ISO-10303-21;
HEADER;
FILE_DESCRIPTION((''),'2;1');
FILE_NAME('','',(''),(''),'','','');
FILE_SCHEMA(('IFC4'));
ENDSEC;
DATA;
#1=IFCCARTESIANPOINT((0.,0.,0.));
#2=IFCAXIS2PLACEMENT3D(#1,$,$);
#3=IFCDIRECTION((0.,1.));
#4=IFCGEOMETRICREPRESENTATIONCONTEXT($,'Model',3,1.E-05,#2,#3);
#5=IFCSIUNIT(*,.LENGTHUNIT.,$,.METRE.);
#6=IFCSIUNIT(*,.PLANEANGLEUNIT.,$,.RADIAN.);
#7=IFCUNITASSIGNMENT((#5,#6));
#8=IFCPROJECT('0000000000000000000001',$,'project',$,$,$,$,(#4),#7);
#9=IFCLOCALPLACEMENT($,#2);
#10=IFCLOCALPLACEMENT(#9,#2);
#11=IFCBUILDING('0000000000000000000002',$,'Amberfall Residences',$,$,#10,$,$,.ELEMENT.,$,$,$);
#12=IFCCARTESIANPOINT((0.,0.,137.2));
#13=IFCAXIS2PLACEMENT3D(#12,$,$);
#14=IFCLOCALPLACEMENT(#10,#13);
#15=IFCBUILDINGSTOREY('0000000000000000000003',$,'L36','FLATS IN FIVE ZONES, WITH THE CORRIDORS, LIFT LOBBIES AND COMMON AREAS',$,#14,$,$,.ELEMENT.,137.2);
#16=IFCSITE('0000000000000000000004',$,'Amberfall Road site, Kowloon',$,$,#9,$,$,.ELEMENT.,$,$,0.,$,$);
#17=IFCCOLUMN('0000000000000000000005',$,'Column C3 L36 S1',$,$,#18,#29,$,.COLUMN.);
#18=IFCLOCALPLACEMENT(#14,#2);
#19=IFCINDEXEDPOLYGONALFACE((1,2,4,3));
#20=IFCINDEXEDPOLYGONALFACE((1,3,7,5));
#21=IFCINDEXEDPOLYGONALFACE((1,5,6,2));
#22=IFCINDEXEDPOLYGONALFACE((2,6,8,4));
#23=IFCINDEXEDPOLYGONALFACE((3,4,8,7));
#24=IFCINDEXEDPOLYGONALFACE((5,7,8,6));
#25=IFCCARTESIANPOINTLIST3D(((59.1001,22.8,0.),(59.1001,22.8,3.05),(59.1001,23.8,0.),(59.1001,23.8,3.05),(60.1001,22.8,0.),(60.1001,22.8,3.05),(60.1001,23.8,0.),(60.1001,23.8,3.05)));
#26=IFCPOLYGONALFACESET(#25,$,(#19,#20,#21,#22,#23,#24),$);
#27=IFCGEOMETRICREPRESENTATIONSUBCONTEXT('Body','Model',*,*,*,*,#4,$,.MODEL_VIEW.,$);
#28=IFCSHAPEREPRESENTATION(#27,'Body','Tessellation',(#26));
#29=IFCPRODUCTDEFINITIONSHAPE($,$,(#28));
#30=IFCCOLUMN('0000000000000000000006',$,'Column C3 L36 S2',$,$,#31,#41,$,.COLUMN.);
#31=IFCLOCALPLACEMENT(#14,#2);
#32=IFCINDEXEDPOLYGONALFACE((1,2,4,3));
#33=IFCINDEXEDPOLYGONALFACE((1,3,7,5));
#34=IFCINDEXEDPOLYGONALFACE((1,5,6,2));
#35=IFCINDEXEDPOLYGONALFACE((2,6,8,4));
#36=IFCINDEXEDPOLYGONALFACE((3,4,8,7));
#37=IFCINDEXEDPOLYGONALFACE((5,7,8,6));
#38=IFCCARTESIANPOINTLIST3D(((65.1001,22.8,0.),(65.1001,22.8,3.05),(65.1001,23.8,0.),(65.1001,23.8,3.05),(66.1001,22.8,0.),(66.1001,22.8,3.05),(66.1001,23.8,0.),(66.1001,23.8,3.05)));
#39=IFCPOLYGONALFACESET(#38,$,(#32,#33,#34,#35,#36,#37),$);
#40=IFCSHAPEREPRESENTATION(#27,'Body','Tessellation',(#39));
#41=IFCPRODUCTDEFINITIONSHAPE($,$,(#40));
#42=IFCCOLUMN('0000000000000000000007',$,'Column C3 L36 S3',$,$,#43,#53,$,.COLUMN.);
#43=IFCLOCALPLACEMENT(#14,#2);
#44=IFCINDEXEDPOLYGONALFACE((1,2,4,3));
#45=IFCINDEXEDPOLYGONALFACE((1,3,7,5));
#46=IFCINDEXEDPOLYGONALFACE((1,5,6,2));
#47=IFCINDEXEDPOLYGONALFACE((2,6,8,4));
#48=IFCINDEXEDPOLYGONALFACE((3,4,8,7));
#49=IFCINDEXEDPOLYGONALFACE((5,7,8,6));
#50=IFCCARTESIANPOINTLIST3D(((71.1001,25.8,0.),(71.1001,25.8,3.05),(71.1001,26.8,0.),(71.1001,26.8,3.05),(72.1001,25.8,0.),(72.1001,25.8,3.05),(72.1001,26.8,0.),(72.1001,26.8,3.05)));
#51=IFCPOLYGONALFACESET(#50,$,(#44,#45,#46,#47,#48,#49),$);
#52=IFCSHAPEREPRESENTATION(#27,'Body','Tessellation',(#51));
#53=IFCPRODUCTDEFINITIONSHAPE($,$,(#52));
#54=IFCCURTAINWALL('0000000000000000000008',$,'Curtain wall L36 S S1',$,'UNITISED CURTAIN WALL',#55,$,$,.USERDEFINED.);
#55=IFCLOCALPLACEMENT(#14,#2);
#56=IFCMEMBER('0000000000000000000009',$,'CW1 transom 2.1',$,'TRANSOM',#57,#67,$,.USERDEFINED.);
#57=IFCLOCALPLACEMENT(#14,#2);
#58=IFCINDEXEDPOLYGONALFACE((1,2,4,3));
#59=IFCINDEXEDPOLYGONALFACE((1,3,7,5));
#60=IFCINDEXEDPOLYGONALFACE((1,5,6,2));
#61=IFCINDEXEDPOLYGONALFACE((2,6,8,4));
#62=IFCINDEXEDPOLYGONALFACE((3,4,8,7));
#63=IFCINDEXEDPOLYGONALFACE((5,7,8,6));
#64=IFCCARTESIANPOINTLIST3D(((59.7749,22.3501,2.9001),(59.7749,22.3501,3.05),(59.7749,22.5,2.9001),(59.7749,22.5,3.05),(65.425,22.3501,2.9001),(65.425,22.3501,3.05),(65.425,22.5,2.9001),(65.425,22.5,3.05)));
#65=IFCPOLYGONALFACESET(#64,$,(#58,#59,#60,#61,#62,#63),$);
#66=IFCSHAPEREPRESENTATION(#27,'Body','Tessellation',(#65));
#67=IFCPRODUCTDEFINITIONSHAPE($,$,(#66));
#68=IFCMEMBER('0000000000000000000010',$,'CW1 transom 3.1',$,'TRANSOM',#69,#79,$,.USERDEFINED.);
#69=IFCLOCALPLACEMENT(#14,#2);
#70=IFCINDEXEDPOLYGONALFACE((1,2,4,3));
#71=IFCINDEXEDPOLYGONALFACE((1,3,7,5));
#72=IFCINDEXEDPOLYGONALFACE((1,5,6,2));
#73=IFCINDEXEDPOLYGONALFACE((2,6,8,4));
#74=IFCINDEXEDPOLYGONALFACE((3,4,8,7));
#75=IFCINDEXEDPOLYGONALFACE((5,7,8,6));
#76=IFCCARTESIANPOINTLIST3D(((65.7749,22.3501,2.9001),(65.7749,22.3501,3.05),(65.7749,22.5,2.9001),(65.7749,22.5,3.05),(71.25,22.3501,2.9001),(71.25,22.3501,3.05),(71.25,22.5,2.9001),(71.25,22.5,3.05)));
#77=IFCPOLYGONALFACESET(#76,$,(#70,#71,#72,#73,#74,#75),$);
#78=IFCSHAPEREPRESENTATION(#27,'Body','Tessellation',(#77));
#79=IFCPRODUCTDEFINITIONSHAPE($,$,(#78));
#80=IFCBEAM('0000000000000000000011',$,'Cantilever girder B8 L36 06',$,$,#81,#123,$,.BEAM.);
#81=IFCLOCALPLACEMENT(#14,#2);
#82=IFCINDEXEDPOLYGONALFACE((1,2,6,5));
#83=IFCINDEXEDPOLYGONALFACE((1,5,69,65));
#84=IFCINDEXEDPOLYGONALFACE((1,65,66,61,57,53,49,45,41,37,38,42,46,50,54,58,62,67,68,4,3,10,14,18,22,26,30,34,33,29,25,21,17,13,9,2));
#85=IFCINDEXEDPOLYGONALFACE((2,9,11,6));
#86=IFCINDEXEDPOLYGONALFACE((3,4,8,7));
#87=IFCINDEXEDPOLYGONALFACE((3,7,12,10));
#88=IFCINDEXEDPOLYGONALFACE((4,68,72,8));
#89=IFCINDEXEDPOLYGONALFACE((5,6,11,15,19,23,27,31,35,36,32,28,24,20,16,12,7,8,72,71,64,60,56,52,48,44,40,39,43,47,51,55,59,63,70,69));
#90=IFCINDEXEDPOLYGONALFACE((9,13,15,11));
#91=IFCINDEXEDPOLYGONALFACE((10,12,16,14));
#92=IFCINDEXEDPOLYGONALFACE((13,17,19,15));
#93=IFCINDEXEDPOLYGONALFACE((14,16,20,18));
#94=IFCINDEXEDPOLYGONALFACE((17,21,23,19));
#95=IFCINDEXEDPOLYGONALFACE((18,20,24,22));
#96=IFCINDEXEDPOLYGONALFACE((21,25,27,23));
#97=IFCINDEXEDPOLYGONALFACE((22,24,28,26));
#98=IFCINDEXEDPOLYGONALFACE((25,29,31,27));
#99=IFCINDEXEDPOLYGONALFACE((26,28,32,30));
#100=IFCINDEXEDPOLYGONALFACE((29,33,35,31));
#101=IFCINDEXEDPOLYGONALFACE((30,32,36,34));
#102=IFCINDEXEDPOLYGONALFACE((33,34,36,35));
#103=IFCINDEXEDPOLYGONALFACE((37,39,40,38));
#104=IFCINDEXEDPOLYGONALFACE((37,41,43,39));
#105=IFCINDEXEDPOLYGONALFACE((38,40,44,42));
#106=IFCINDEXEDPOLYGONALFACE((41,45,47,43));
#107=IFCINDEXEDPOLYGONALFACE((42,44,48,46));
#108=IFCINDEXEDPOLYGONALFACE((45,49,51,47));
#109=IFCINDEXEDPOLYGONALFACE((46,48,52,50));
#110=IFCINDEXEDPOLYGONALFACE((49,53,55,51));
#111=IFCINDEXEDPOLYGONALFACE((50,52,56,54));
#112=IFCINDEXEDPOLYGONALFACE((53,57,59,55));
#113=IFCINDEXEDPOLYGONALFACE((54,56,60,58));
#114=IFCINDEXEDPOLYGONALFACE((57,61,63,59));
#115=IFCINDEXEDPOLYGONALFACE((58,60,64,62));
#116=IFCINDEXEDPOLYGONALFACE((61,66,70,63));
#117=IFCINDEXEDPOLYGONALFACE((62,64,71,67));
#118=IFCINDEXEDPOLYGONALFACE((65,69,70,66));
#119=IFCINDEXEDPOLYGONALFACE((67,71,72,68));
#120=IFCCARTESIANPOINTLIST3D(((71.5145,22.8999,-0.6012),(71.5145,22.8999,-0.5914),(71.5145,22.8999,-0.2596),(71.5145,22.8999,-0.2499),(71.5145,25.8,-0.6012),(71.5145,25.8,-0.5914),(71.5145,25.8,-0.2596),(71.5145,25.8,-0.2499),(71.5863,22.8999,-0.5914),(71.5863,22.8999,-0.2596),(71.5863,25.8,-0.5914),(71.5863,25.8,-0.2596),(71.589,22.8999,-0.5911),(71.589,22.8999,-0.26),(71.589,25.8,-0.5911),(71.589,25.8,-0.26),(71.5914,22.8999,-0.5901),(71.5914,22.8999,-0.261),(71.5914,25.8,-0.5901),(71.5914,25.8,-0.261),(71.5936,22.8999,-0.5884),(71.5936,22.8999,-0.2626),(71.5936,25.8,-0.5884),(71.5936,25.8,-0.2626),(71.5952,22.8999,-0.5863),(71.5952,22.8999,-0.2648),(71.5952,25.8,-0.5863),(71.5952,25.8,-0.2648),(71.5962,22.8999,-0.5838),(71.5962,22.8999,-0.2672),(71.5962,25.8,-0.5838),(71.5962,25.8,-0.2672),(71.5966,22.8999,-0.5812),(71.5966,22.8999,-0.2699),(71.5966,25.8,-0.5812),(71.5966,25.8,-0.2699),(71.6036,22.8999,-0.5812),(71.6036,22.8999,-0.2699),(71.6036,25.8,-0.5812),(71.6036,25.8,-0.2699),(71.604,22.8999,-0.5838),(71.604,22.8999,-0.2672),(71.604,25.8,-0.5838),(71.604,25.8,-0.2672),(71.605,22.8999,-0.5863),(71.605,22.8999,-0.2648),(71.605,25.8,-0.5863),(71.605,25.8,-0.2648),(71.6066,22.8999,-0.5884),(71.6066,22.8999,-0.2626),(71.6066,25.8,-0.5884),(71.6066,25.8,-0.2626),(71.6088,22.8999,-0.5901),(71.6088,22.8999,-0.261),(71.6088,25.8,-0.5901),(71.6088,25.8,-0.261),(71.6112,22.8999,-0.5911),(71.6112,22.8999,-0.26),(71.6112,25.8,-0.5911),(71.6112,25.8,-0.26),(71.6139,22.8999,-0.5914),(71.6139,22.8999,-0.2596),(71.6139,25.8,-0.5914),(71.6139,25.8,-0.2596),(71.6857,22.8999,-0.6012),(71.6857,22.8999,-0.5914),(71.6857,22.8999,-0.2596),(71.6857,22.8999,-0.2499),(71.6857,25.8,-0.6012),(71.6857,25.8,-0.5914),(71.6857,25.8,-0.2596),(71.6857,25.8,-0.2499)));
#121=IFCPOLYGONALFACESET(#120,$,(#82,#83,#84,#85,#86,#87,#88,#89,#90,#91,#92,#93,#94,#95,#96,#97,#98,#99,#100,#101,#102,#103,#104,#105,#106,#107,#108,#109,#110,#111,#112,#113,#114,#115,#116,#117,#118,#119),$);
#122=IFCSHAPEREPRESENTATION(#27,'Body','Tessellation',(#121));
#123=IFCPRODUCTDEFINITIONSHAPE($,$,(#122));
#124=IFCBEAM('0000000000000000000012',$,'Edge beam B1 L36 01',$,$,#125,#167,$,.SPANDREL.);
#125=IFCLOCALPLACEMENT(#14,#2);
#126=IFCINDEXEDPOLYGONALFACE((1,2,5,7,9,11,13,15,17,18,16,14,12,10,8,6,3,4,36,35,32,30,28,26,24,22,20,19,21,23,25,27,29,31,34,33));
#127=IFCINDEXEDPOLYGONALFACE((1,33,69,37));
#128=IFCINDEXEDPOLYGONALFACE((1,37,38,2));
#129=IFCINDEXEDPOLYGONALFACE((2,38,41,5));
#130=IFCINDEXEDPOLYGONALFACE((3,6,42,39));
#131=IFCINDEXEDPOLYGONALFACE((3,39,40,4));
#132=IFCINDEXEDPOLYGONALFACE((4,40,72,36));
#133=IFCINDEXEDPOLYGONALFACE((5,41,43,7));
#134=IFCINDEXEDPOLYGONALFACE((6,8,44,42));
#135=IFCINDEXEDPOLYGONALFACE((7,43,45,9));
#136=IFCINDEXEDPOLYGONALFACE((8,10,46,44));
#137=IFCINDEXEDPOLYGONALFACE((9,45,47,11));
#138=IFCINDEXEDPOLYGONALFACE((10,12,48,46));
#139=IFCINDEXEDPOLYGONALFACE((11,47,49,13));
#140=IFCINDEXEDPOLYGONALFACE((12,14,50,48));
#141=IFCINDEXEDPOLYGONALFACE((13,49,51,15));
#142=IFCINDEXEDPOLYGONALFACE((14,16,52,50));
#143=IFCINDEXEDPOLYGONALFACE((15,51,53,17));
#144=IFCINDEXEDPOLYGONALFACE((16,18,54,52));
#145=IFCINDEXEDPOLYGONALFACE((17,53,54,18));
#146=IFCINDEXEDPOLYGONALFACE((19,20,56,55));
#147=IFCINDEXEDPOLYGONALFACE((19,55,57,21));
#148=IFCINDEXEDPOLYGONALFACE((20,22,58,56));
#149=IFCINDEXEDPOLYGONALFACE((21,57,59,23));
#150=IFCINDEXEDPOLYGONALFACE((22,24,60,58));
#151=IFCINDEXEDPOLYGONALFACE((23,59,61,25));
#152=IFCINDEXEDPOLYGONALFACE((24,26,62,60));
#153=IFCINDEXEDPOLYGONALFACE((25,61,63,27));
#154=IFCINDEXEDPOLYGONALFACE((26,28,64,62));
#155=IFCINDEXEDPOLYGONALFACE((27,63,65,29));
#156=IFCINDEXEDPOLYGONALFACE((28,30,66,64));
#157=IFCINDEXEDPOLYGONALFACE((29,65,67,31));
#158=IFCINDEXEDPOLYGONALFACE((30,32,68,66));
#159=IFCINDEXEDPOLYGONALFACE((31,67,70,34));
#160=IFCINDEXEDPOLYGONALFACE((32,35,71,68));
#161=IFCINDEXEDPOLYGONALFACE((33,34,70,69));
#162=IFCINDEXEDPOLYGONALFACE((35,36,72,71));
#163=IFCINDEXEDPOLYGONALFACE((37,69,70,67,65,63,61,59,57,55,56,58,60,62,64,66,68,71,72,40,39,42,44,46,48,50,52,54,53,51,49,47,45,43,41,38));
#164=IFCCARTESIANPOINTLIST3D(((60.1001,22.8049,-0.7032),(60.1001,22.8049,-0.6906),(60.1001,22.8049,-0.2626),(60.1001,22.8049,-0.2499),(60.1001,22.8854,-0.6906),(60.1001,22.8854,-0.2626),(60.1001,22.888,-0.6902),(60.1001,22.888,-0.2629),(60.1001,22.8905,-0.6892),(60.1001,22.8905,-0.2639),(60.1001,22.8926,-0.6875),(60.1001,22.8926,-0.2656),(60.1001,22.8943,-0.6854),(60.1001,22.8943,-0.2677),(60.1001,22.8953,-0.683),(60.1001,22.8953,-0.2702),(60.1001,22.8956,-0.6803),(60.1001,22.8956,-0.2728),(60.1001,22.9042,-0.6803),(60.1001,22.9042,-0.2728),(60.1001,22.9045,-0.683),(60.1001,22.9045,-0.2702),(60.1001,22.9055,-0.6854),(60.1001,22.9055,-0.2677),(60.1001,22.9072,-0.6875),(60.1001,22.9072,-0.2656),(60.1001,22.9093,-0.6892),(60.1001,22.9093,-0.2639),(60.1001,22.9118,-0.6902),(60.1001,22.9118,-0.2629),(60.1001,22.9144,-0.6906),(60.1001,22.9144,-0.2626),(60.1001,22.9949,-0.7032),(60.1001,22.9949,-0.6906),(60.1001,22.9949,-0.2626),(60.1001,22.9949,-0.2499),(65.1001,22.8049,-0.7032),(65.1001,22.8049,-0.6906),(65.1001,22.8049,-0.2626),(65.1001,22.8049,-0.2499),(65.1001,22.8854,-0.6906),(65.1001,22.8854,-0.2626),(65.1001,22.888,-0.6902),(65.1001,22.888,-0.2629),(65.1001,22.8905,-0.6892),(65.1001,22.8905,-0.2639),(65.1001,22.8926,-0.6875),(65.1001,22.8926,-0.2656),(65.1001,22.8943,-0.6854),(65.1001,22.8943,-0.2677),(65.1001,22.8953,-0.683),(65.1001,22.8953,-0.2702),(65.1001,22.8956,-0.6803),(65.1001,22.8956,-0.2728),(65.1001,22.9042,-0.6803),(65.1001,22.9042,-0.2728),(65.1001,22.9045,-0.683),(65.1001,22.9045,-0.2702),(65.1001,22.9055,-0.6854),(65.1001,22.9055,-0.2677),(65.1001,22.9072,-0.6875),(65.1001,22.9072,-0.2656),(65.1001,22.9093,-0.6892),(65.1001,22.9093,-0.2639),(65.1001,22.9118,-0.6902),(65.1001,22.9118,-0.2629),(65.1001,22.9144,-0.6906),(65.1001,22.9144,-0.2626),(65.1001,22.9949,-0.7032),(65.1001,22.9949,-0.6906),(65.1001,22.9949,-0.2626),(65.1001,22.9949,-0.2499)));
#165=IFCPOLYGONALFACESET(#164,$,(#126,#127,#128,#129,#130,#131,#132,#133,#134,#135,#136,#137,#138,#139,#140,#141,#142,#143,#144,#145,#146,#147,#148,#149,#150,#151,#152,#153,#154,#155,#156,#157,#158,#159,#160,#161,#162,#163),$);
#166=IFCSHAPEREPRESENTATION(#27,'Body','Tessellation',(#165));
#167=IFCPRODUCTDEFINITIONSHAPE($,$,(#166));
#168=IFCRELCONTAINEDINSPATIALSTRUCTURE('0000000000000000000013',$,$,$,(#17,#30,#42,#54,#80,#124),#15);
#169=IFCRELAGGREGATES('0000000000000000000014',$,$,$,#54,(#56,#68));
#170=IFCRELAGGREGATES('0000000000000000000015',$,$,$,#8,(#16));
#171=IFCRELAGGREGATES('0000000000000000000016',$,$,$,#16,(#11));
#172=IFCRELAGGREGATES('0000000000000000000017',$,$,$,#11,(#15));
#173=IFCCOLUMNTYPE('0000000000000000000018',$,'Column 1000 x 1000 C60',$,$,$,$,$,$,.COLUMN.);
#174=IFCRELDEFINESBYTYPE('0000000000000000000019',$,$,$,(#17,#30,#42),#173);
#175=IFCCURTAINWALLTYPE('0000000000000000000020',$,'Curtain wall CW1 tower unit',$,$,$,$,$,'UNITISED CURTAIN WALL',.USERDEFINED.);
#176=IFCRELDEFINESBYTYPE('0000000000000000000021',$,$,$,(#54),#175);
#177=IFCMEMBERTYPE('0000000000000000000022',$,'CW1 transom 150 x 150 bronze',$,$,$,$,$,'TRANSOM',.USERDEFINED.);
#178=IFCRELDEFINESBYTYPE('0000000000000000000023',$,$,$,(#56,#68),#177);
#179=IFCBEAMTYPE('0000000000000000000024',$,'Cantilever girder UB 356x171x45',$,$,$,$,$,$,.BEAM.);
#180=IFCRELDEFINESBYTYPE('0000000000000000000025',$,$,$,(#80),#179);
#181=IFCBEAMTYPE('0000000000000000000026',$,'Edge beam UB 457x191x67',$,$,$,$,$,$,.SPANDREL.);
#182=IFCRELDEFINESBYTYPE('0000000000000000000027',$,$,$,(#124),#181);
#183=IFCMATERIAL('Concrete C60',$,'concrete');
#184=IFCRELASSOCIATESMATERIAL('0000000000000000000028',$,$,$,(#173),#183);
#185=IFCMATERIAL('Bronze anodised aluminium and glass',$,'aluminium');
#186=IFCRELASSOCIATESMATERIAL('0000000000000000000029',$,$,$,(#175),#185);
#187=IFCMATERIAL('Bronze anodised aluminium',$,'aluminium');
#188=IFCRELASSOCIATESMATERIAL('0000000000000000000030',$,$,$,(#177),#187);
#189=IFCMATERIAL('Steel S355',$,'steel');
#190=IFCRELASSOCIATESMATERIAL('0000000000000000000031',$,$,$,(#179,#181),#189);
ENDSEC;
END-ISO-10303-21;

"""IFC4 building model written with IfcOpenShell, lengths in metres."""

from ifc_helpers import new_model, si_unit, direction, frame, origin, origin_2d, place, context, subcontext, project, spatial, rectangle, i_section, extrude, material, material_profile, profile_set, type_object, element, aggregate, save


model = new_model("IFC4")

# Units and contexts
model_context = context("Model", 3, precision=1e-05, world=origin(), true_north=direction((0.0, 1.0)))
body_context = subcontext(model_context, "Body", "Model", "MODEL_VIEW")
ifc_project = project(units=[si_unit("LENGTHUNIT", "METRE"), si_unit("PLANEANGLEUNIT", "RADIAN")], contexts=[model_context])

# Site, building, storey
site_placement = place(None, origin())
site = spatial("IfcSite", under=ifc_project, at=site_placement, Name="Amberfall Road site, Kowloon", CompositionType="ELEMENT", RefElevation=0.0)
building_placement = place(site_placement, origin())
building = spatial("IfcBuilding", under=site, at=building_placement, Name="Amberfall Residences", CompositionType="ELEMENT")
storey_placement = place(building_placement, frame((0.0, 0.0, 137.2)))
storey = spatial("IfcBuildingStorey", under=building, at=storey_placement, Name="L36", Description="FLATS IN FIVE ZONES, WITH THE CORRIDORS, LIFT LOBBIES AND COMMON AREAS", CompositionType="ELEMENT", Elevation=137.2)

# Columns
ifc_material_1 = material(Name="Concrete C60", Category="concrete")
ifc_material_profile_1 = material_profile(ifc_material_1, rectangle(XDim=1.0, YDim=1.0, at=origin_2d()), Name="Column 1000 x 1000 C60")
ifc_profile_set_1 = profile_set([ifc_material_profile_1], Name="Concrete C60")
column_type = type_object("IfcColumnType", Name="Column 1000 x 1000 C60", PredefinedType="COLUMN", material=ifc_profile_set_1)
for number, where, z_axis, x_axis, name in (
    (1, (59.6001, 23.3, 0.0), (0.0, 0.0, 1.0), (1.0, 0.0, 0.0), "Column C3 L36 S1"),
    (2, (65.6001, 23.3, 0.0), (0.0, 0.0, 1.0), (1.0, 0.0, 0.0), "Column C3 L36 S2"),
    (3, (71.6001, 26.3, 0.0), (0.0, 0.0, 1.0), (1.0, 0.0, 0.0), "Column C3 L36 S3"),
):
    element("IfcColumn", number, at=place(storey_placement, frame(where, z_axis=z_axis, x_axis=x_axis)), inside=storey, type_object=column_type, Name=name, PredefinedType="COLUMN", context=body_context, shape_type="SweptSolid", body=[
        extrude(rectangle(XDim=1.0, YDim=1.0, at=origin_2d()), origin(), (0.0, 0.0, 1.0), 3.05),
    ])

# Curtain wall, members
ifc_material_2 = material(Name="Bronze anodised aluminium and glass", Category="aluminium")
curtain_wall_type = type_object("IfcCurtainWallType", Name="Curtain wall CW1 tower unit", ElementType="UNITISED CURTAIN WALL", PredefinedType="USERDEFINED", material=ifc_material_2)
curtain_wall_placement = place(storey_placement, origin())
curtain_wall = element("IfcCurtainWall", 4, at=curtain_wall_placement, inside=storey, type_object=curtain_wall_type, Name="Curtain wall L36 S S1", ObjectType="UNITISED CURTAIN WALL", PredefinedType="USERDEFINED")
ifc_material_3 = material(Name="Bronze anodised aluminium", Category="aluminium")
ifc_material_profile_2 = material_profile(ifc_material_3, rectangle(XDim=0.1499, YDim=0.1499, at=origin_2d()), Name="CW1 transom 150 x 150 bronze")
ifc_profile_set_2 = profile_set([ifc_material_profile_2], Name="Bronze anodised aluminium")
member_type_1 = type_object("IfcMemberType", Name="CW1 transom 150 x 150 bronze", ElementType="TRANSOM", PredefinedType="USERDEFINED", material=ifc_profile_set_2)
member_1_placement = place(storey_placement, frame((59.7749, 22.425, 2.9751), z_axis=(1.0, 0.0, 0.0), x_axis=(0.0, 1.0, 0.0)))
member_1 = element("IfcMember", 5, at=member_1_placement, type_object=member_type_1, Name="CW1 transom 2.1", ObjectType="TRANSOM", PredefinedType="USERDEFINED", context=body_context, shape_type="SweptSolid", body=[
    extrude(rectangle(XDim=0.1499, YDim=0.1499, at=origin_2d()), origin(), (0.0, 0.0, 1.0), 5.6501),
])
member_2_placement = place(storey_placement, frame((65.7749, 22.425, 2.9751), z_axis=(1.0, 0.0, 0.0), x_axis=(0.0, 1.0, 0.0)))
member_2 = element("IfcMember", 6, at=member_2_placement, type_object=member_type_1, Name="CW1 transom 3.1", ObjectType="TRANSOM", PredefinedType="USERDEFINED", context=body_context, shape_type="SweptSolid", body=[
    extrude(rectangle(XDim=0.1499, YDim=0.1499, at=origin_2d()), origin(), (0.0, 0.0, 1.0), 5.4751),
])

# Beams
ifc_material_4 = material(Name="Steel S355", Category="steel")
ifc_material_profile_3 = material_profile(ifc_material_4, i_section(OverallWidth=0.1711, OverallDepth=0.3513, WebThickness=0.0071, FlangeThickness=0.0098, FilletRadius=0.0103, at=origin_2d()), Name="UB 356x171x45")
ifc_profile_set_3 = profile_set([ifc_material_profile_3], Name="Steel S355")
beam_type_1 = type_object("IfcBeamType", Name="Cantilever girder UB 356x171x45", PredefinedType="BEAM", material=ifc_profile_set_3)
beam_1_placement = place(storey_placement, frame((71.6001, 25.8, -0.4255), z_axis=(0.0, -1.0, 0.0), x_axis=(1.0, 0.0, 0.0)))
element("IfcBeam", 7, at=beam_1_placement, inside=storey, type_object=beam_type_1, Name="Cantilever girder B8 L36 06", PredefinedType="BEAM", context=body_context, shape_type="SweptSolid", body=[
    extrude(i_section(OverallWidth=0.1711, OverallDepth=0.3513, WebThickness=0.0071, FlangeThickness=0.0098, FilletRadius=0.0103, at=origin_2d()), origin(), (0.0, 0.0, 1.0), 2.9001),
])
ifc_material_profile_4 = material_profile(ifc_material_4, i_section(OverallWidth=0.1899, OverallDepth=0.4534, WebThickness=0.0085, FlangeThickness=0.0127, FilletRadius=0.0103, at=origin_2d()), Name="UB 457x191x67")
ifc_profile_set_4 = profile_set([ifc_material_profile_4], Name="Steel S355")
beam_type_2 = type_object("IfcBeamType", Name="Edge beam UB 457x191x67", PredefinedType="SPANDREL", material=ifc_profile_set_4)
beam_2_placement = place(storey_placement, frame((60.1001, 22.8999, -0.4766), z_axis=(1.0, 0.0, 0.0), x_axis=(0.0, 1.0, 0.0)))
element("IfcBeam", 8, at=beam_2_placement, inside=storey, type_object=beam_type_2, Name="Edge beam B1 L36 01", PredefinedType="SPANDREL", context=body_context, shape_type="SweptSolid", body=[
    extrude(i_section(OverallWidth=0.1899, OverallDepth=0.4534, WebThickness=0.0085, FlangeThickness=0.0127, FilletRadius=0.0103, at=origin_2d()), origin(), (0.0, 0.0, 1.0), 5.0),
])

aggregate(curtain_wall, [member_1, member_2])

save(model, "model.ifc")
